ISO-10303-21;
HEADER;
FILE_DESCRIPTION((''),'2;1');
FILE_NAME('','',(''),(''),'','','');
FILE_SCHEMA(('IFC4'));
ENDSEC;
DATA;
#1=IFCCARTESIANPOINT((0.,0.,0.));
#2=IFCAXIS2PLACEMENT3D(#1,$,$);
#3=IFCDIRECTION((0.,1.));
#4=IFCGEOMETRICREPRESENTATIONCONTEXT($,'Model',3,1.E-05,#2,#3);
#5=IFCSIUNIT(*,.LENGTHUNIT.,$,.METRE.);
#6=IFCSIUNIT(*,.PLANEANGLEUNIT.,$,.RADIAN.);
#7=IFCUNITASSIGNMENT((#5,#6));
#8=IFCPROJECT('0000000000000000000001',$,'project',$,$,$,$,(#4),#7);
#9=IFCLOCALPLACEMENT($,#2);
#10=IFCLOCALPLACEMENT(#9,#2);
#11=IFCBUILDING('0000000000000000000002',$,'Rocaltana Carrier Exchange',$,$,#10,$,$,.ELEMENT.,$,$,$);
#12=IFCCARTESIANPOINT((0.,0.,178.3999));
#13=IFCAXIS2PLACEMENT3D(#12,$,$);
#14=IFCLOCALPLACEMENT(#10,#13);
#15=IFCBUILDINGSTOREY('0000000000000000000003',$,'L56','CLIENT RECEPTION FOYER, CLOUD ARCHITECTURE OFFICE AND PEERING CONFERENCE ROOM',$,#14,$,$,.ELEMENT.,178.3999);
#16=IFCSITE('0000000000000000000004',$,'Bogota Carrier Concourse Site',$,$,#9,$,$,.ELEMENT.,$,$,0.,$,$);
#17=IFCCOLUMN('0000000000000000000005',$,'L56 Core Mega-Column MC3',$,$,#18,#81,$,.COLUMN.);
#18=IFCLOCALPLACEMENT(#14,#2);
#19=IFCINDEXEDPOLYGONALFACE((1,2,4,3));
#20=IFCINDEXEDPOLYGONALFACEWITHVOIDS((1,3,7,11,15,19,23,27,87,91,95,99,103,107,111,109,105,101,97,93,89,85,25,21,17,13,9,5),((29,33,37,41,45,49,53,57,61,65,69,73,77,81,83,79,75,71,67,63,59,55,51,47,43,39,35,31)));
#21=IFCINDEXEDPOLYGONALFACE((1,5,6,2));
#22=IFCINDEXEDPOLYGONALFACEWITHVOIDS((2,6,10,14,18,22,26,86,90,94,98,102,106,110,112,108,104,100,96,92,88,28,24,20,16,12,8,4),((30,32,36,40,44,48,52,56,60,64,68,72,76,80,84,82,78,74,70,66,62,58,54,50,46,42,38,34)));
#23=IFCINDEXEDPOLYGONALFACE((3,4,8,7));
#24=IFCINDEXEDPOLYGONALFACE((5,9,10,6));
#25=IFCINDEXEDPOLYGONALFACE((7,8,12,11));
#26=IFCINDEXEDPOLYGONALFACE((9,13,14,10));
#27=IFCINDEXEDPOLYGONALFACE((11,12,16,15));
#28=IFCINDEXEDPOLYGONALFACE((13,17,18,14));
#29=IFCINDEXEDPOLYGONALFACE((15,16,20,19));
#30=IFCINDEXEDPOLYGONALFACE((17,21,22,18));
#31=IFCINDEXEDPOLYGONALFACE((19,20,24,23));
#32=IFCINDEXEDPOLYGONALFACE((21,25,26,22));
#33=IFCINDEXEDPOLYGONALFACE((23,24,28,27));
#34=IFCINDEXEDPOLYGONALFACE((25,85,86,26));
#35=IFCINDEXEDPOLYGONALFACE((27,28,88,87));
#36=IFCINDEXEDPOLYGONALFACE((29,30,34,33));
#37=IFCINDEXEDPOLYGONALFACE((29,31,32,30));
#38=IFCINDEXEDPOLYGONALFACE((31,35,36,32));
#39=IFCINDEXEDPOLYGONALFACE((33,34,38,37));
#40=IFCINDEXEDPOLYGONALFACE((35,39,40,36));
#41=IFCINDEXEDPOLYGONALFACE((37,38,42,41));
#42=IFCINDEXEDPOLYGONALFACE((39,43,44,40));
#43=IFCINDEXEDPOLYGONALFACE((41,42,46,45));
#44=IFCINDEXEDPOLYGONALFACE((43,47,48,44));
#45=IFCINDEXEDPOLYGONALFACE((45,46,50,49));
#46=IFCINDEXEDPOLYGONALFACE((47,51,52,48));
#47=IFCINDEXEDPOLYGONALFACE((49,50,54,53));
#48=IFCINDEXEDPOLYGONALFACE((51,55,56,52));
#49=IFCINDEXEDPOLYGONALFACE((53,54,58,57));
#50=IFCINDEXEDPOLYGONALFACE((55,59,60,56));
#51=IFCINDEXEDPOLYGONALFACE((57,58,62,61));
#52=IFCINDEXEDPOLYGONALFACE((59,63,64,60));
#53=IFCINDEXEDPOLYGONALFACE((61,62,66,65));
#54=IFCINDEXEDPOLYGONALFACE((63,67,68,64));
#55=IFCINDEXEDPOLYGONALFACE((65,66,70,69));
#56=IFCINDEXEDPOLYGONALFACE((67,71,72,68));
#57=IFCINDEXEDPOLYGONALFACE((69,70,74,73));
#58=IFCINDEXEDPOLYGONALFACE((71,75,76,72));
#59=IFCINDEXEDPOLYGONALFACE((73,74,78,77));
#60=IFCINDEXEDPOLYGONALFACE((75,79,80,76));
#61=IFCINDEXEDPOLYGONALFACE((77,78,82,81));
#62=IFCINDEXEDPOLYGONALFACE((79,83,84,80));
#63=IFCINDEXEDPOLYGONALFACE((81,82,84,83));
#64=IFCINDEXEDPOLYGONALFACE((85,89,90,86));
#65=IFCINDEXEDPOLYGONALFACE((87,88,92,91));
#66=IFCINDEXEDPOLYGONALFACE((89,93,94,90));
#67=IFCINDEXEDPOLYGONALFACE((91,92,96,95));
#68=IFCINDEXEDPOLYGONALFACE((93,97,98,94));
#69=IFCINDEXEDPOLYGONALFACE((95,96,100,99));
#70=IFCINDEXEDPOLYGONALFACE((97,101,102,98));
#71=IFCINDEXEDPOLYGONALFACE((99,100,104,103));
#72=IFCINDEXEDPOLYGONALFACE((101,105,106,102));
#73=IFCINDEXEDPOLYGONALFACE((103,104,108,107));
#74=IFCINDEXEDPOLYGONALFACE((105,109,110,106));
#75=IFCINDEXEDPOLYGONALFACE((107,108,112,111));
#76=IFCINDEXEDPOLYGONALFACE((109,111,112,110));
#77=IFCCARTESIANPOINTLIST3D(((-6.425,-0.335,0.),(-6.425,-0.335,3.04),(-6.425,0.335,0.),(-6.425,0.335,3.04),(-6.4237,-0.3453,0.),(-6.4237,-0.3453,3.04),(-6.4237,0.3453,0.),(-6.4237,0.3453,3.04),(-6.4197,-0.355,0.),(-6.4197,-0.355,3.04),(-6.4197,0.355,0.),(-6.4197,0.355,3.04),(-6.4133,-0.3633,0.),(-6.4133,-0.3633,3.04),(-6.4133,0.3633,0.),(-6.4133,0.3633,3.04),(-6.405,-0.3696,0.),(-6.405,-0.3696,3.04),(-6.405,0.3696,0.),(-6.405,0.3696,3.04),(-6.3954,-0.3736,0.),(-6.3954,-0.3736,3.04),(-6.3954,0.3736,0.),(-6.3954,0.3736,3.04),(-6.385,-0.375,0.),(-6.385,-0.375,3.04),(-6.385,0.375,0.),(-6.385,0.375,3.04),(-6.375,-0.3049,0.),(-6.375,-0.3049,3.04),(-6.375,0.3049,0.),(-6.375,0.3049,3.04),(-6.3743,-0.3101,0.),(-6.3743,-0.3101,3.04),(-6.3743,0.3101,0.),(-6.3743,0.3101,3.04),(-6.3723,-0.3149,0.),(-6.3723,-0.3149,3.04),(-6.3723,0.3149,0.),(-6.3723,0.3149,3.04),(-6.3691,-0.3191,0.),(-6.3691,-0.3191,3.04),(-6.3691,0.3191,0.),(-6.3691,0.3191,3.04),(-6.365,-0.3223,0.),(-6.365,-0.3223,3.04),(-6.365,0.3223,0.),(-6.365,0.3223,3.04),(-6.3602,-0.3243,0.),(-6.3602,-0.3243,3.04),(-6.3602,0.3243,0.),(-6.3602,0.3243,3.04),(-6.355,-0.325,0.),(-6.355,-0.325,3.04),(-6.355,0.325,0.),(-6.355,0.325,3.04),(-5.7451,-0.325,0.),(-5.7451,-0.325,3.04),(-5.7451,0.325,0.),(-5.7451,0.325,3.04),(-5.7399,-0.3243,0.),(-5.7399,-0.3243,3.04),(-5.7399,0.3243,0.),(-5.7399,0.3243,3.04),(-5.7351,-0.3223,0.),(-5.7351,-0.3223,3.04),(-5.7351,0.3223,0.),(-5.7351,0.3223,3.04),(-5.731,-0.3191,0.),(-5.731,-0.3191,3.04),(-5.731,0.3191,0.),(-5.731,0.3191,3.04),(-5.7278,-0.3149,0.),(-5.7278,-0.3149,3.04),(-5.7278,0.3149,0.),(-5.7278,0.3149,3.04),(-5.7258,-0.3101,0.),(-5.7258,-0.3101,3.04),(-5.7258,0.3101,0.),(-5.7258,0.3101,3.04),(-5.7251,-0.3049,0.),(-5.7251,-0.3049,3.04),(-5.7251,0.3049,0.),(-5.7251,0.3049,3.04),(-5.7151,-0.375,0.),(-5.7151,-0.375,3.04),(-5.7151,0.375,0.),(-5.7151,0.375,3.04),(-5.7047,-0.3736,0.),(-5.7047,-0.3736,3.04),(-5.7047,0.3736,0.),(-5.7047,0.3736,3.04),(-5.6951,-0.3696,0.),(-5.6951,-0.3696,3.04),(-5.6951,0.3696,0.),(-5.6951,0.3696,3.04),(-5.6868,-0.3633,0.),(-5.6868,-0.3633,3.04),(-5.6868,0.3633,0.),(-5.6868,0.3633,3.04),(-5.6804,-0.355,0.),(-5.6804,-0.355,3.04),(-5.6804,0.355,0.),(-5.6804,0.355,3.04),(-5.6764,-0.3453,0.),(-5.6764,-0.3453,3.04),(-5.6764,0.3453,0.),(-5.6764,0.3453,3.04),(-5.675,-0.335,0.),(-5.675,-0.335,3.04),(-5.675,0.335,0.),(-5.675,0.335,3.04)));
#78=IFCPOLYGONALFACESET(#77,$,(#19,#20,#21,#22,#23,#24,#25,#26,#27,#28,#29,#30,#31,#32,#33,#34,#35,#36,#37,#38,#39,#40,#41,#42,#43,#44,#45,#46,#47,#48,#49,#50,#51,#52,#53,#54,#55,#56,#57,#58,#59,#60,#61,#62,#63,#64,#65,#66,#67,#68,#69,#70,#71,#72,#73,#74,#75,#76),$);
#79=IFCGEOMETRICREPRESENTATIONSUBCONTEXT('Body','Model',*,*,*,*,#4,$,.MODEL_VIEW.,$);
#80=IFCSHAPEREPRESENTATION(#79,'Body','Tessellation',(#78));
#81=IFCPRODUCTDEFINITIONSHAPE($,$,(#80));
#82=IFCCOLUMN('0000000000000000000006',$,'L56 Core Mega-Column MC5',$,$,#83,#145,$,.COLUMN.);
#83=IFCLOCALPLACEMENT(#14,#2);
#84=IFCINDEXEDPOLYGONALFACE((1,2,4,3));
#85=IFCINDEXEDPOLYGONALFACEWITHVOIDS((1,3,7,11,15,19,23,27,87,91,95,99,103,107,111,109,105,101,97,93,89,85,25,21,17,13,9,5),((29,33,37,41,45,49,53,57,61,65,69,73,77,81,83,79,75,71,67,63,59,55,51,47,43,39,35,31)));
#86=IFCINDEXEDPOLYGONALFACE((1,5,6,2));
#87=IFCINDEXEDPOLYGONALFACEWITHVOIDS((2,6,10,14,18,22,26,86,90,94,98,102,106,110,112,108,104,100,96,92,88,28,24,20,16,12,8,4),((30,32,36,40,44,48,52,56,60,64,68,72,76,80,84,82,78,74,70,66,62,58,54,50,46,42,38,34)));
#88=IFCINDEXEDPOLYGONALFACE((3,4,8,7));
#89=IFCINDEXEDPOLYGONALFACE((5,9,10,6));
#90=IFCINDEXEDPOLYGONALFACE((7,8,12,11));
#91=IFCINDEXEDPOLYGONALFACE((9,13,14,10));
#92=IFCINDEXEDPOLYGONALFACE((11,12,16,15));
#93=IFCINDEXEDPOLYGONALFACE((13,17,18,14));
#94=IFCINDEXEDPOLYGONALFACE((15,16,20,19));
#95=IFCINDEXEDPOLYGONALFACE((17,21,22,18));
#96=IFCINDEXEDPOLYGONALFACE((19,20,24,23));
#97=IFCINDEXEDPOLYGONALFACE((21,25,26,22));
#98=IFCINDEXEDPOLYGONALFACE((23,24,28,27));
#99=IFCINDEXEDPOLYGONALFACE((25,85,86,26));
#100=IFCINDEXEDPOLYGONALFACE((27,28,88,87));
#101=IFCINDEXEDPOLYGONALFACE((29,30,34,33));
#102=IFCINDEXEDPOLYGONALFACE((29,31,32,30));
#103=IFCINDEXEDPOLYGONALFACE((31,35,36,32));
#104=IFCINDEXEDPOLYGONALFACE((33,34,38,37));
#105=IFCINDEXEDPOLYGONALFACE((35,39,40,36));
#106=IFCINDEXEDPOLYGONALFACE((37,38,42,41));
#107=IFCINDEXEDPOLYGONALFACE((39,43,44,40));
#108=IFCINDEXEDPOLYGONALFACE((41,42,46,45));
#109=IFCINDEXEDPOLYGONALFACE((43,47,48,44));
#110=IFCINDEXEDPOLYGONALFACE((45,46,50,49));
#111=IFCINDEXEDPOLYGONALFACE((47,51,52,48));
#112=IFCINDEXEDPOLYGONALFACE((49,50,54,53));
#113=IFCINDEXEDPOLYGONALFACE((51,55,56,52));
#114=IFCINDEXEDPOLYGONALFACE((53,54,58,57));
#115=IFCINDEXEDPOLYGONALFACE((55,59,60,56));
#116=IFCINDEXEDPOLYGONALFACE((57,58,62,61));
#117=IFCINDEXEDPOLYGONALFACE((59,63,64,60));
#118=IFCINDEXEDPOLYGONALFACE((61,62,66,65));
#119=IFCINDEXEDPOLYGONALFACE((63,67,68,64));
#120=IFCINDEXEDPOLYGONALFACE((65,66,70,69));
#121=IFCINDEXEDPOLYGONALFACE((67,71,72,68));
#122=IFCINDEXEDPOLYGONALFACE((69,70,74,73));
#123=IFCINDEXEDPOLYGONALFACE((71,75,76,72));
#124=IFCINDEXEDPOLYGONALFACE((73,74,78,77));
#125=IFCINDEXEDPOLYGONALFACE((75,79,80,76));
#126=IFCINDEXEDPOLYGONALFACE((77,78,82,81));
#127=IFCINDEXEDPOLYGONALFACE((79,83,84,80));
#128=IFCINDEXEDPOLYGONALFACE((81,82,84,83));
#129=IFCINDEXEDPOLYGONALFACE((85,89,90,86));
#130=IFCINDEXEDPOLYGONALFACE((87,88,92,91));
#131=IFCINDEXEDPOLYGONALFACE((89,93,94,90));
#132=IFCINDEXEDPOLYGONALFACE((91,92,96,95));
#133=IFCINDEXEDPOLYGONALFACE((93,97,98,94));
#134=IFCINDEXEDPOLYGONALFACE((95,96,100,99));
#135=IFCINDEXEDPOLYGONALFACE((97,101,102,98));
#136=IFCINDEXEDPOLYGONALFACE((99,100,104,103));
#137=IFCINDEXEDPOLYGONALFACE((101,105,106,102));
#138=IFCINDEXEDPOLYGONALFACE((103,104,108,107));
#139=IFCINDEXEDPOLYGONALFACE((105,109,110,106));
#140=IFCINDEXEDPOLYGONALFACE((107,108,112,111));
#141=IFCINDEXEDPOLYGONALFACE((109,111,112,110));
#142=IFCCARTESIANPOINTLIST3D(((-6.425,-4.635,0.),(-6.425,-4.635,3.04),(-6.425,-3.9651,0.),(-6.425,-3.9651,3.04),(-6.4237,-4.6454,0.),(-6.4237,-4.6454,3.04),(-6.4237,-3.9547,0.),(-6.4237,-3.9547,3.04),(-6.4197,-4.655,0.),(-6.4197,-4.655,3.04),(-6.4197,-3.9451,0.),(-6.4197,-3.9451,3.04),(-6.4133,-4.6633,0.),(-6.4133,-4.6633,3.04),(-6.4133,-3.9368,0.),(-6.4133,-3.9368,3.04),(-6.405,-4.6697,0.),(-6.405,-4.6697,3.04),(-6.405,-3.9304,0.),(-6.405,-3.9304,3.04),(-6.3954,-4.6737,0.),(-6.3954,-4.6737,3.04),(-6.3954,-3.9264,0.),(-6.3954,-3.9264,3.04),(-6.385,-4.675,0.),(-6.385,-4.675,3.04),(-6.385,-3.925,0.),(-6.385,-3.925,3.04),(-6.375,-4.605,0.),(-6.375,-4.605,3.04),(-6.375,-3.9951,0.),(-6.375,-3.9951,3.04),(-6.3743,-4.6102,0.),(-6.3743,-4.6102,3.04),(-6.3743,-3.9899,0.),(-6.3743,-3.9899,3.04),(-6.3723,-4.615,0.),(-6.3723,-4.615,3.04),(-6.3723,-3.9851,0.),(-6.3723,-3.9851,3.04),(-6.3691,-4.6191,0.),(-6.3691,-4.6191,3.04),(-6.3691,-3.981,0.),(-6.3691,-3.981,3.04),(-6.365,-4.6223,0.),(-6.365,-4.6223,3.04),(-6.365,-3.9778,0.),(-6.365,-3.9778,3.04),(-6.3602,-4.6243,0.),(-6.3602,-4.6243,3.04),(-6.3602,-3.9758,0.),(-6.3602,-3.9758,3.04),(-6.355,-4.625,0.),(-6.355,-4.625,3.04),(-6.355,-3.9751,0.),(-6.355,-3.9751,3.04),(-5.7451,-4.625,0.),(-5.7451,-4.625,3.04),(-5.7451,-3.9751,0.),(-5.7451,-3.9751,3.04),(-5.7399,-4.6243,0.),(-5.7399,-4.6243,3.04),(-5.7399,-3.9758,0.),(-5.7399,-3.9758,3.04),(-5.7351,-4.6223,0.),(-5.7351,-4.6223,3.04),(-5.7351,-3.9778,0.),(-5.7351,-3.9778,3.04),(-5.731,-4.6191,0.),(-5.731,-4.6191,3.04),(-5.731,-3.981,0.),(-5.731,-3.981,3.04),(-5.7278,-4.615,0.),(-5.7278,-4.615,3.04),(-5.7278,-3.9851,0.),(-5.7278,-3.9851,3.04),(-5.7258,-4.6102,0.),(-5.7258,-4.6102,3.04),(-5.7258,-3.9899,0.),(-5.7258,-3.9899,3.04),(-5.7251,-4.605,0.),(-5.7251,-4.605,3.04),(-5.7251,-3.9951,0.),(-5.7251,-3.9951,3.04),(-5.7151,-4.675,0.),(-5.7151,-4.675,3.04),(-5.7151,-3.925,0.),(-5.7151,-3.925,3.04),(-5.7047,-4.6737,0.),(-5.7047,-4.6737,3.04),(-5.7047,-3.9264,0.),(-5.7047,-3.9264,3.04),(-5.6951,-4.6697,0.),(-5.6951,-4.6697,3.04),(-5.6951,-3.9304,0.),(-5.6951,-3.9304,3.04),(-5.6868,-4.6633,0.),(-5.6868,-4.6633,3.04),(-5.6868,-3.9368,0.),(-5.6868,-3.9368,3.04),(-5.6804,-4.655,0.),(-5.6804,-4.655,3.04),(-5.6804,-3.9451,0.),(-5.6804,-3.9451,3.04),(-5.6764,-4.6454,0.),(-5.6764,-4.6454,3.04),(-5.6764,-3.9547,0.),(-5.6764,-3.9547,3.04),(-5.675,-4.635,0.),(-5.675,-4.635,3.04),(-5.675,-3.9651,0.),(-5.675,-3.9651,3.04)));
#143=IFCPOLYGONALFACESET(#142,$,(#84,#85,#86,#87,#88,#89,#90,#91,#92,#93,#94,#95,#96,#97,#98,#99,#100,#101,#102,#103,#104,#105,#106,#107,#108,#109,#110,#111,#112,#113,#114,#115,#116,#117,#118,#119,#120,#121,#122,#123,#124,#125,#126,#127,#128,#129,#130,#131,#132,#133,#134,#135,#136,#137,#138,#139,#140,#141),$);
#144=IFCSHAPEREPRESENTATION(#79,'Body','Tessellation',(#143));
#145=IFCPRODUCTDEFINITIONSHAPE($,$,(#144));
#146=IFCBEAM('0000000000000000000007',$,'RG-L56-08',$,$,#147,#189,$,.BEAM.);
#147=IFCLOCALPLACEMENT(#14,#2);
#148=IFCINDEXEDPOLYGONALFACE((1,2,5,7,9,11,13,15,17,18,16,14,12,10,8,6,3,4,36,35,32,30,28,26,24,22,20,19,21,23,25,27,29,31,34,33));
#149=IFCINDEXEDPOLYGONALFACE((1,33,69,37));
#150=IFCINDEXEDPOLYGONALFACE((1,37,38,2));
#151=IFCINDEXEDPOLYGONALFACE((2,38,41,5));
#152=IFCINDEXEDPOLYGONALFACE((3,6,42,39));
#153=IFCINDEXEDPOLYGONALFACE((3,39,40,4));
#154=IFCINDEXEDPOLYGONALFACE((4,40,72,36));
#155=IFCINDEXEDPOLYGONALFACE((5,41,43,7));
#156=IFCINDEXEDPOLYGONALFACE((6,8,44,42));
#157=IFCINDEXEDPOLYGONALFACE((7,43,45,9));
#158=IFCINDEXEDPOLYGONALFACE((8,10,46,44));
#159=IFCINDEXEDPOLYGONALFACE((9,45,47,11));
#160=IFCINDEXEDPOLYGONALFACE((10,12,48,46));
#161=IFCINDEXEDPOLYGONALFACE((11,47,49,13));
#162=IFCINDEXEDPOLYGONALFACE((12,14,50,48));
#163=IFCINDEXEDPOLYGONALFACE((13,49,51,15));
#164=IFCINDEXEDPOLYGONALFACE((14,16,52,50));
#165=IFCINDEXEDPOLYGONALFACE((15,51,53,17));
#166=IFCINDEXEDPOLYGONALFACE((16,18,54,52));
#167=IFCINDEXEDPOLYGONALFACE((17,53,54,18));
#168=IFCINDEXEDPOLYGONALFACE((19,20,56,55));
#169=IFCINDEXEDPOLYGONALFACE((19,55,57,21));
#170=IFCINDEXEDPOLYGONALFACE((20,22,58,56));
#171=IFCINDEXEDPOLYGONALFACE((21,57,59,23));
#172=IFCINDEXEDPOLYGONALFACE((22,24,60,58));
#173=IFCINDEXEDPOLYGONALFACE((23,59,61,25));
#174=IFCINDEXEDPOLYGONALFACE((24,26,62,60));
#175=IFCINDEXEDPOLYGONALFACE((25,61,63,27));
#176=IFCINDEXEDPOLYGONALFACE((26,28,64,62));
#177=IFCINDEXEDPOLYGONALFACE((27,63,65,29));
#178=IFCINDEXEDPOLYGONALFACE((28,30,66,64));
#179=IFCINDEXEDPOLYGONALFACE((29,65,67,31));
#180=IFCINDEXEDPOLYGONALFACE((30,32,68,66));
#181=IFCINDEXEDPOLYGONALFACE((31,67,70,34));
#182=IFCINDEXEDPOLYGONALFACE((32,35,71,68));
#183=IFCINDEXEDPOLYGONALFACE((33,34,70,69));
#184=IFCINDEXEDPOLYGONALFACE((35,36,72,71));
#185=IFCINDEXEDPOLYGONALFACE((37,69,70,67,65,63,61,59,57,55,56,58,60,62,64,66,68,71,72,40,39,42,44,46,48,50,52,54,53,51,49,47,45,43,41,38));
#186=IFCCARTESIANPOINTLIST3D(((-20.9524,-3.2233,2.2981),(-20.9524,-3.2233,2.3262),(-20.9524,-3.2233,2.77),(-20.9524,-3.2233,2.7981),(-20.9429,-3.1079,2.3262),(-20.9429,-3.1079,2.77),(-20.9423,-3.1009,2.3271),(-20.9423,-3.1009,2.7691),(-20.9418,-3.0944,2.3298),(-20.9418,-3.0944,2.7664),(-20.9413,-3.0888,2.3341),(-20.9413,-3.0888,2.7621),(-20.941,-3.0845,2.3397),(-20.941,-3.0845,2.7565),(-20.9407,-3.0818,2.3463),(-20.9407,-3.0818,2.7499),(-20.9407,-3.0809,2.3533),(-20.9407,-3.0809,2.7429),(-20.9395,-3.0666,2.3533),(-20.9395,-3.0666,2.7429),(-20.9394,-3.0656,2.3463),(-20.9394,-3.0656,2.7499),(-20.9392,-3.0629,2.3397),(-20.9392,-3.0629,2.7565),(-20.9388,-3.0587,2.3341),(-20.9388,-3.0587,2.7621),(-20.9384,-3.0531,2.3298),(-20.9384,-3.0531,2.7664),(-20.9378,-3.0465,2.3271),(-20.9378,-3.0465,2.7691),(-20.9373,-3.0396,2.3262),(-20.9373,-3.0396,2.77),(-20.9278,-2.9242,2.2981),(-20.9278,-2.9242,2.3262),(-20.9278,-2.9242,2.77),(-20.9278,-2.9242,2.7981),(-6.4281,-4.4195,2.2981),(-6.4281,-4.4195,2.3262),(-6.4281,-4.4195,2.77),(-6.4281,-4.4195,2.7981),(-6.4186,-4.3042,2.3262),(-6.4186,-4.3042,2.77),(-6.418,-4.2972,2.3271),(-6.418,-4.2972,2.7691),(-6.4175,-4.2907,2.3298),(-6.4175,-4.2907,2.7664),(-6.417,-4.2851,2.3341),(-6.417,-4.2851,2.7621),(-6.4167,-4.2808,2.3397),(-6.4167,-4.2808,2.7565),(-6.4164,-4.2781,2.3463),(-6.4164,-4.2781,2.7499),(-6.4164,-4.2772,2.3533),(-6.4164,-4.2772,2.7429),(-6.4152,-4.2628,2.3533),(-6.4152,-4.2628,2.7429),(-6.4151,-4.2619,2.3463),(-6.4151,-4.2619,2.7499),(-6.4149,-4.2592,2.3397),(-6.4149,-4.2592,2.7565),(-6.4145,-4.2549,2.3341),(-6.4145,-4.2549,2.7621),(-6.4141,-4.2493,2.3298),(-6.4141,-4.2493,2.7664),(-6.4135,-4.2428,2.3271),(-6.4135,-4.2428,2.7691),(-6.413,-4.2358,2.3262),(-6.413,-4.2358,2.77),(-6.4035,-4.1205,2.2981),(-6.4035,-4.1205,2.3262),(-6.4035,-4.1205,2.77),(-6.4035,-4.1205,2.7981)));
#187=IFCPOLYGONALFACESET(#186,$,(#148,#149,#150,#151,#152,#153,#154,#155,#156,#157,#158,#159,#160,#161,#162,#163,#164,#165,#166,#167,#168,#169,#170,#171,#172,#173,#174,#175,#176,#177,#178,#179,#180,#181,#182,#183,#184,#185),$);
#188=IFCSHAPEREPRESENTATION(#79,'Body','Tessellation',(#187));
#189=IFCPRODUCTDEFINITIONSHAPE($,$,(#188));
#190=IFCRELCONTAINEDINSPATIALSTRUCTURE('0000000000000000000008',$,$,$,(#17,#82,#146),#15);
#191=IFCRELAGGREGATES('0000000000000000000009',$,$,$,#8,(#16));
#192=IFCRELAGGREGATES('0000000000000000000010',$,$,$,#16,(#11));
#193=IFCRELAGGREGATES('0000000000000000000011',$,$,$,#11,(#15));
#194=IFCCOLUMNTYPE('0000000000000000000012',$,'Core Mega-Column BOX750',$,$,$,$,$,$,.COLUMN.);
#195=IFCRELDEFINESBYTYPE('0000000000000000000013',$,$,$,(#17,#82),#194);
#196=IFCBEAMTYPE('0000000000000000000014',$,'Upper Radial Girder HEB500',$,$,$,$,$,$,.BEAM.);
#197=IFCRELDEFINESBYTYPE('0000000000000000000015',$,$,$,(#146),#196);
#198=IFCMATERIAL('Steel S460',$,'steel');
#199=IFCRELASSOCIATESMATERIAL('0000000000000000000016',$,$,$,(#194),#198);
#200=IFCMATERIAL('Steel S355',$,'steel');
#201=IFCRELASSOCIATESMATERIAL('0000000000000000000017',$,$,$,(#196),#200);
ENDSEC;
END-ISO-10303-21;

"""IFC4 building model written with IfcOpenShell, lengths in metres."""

from ifc_helpers import new_model, si_unit, direction, frame, origin, origin_2d, place, context, subcontext, project, spatial, hollow_rectangle, i_section, extrude, material, material_profile, profile_set, type_object, element, save


model = new_model("IFC4")

# Units and contexts
model_context = context("Model", 3, precision=1e-05, world=origin(), true_north=direction((0.0, 1.0)))
body_context = subcontext(model_context, "Body", "Model", "MODEL_VIEW")
ifc_project = project(units=[si_unit("LENGTHUNIT", "METRE"), si_unit("PLANEANGLEUNIT", "RADIAN")], contexts=[model_context])

# Site, building, storey
site_placement = place(None, origin())
site = spatial("IfcSite", under=ifc_project, at=site_placement, Name="Bogota Carrier Concourse Site", CompositionType="ELEMENT", RefElevation=0.0)
building_placement = place(site_placement, origin())
building = spatial("IfcBuilding", under=site, at=building_placement, Name="Rocaltana Carrier Exchange", CompositionType="ELEMENT")
storey_placement = place(building_placement, frame((0.0, 0.0, 178.3999)))
storey = spatial("IfcBuildingStorey", under=building, at=storey_placement, Name="L56", Description="CLIENT RECEPTION FOYER, CLOUD ARCHITECTURE OFFICE AND PEERING CONFERENCE ROOM", CompositionType="ELEMENT", Elevation=178.3999)

# Columns
ifc_material_1 = material(Name="Steel S460", Category="steel")
ifc_material_profile_1 = material_profile(ifc_material_1, hollow_rectangle(XDim=0.75, YDim=0.75, WallThickness=0.05, InnerFilletRadius=0.02, OuterFilletRadius=0.04, at=origin_2d()), Name="BOX750X750X50")
ifc_profile_set_1 = profile_set([ifc_material_profile_1], Name="Steel S460")
column_type = type_object("IfcColumnType", Name="Core Mega-Column BOX750", PredefinedType="COLUMN", material=ifc_profile_set_1)
for number, where, z_axis, x_axis, name in (
    (1, (-6.05, 0.0, 0.0), (0.0, 0.0, 1.0), (1.0, 0.0, 0.0), "L56 Core Mega-Column MC3"),
    (2, (-6.05, -4.3, 0.0), (0.0, 0.0, 1.0), (1.0, 0.0, 0.0), "L56 Core Mega-Column MC5"),
):
    element("IfcColumn", number, at=place(storey_placement, frame(where, z_axis=z_axis, x_axis=x_axis)), inside=storey, type_object=column_type, Name=name, PredefinedType="COLUMN", context=body_context, shape_type="SweptSolid", body=[
        extrude(hollow_rectangle(XDim=0.75, YDim=0.75, WallThickness=0.05, InnerFilletRadius=0.02, OuterFilletRadius=0.04, at=origin_2d()), origin(), (0.0, 0.0, 1.0), 3.04),
    ])

# Beam
ifc_material_2 = material(Name="Steel S355", Category="steel")
ifc_material_profile_2 = material_profile(ifc_material_2, i_section(OverallWidth=0.3, OverallDepth=0.5, WebThickness=0.0144, FlangeThickness=0.0281, FilletRadius=0.0271, at=origin_2d()), Name="HEB500")
ifc_profile_set_2 = profile_set([ifc_material_profile_2], Name="Steel S355")
beam_type = type_object("IfcBeamType", Name="Upper Radial Girder HEB500", PredefinedType="BEAM", material=ifc_profile_set_2)
beam_placement = place(storey_placement, frame((-6.4158, -4.27, 2.5481), z_axis=(-0.996625, 0.082086, 0.0), x_axis=(-0.082086, -0.996625, 0.0)))
element("IfcBeam", 3, at=beam_placement, inside=storey, type_object=beam_type, Name="RG-L56-08", PredefinedType="BEAM", context=body_context, shape_type="SweptSolid", body=[
    extrude(i_section(OverallWidth=0.3, OverallDepth=0.5, WebThickness=0.0144, FlangeThickness=0.0281, FilletRadius=0.0271, at=origin_2d()), origin(), (0.0, 0.0, 1.0), 14.5735),
])

save(model, "model.ifc")
